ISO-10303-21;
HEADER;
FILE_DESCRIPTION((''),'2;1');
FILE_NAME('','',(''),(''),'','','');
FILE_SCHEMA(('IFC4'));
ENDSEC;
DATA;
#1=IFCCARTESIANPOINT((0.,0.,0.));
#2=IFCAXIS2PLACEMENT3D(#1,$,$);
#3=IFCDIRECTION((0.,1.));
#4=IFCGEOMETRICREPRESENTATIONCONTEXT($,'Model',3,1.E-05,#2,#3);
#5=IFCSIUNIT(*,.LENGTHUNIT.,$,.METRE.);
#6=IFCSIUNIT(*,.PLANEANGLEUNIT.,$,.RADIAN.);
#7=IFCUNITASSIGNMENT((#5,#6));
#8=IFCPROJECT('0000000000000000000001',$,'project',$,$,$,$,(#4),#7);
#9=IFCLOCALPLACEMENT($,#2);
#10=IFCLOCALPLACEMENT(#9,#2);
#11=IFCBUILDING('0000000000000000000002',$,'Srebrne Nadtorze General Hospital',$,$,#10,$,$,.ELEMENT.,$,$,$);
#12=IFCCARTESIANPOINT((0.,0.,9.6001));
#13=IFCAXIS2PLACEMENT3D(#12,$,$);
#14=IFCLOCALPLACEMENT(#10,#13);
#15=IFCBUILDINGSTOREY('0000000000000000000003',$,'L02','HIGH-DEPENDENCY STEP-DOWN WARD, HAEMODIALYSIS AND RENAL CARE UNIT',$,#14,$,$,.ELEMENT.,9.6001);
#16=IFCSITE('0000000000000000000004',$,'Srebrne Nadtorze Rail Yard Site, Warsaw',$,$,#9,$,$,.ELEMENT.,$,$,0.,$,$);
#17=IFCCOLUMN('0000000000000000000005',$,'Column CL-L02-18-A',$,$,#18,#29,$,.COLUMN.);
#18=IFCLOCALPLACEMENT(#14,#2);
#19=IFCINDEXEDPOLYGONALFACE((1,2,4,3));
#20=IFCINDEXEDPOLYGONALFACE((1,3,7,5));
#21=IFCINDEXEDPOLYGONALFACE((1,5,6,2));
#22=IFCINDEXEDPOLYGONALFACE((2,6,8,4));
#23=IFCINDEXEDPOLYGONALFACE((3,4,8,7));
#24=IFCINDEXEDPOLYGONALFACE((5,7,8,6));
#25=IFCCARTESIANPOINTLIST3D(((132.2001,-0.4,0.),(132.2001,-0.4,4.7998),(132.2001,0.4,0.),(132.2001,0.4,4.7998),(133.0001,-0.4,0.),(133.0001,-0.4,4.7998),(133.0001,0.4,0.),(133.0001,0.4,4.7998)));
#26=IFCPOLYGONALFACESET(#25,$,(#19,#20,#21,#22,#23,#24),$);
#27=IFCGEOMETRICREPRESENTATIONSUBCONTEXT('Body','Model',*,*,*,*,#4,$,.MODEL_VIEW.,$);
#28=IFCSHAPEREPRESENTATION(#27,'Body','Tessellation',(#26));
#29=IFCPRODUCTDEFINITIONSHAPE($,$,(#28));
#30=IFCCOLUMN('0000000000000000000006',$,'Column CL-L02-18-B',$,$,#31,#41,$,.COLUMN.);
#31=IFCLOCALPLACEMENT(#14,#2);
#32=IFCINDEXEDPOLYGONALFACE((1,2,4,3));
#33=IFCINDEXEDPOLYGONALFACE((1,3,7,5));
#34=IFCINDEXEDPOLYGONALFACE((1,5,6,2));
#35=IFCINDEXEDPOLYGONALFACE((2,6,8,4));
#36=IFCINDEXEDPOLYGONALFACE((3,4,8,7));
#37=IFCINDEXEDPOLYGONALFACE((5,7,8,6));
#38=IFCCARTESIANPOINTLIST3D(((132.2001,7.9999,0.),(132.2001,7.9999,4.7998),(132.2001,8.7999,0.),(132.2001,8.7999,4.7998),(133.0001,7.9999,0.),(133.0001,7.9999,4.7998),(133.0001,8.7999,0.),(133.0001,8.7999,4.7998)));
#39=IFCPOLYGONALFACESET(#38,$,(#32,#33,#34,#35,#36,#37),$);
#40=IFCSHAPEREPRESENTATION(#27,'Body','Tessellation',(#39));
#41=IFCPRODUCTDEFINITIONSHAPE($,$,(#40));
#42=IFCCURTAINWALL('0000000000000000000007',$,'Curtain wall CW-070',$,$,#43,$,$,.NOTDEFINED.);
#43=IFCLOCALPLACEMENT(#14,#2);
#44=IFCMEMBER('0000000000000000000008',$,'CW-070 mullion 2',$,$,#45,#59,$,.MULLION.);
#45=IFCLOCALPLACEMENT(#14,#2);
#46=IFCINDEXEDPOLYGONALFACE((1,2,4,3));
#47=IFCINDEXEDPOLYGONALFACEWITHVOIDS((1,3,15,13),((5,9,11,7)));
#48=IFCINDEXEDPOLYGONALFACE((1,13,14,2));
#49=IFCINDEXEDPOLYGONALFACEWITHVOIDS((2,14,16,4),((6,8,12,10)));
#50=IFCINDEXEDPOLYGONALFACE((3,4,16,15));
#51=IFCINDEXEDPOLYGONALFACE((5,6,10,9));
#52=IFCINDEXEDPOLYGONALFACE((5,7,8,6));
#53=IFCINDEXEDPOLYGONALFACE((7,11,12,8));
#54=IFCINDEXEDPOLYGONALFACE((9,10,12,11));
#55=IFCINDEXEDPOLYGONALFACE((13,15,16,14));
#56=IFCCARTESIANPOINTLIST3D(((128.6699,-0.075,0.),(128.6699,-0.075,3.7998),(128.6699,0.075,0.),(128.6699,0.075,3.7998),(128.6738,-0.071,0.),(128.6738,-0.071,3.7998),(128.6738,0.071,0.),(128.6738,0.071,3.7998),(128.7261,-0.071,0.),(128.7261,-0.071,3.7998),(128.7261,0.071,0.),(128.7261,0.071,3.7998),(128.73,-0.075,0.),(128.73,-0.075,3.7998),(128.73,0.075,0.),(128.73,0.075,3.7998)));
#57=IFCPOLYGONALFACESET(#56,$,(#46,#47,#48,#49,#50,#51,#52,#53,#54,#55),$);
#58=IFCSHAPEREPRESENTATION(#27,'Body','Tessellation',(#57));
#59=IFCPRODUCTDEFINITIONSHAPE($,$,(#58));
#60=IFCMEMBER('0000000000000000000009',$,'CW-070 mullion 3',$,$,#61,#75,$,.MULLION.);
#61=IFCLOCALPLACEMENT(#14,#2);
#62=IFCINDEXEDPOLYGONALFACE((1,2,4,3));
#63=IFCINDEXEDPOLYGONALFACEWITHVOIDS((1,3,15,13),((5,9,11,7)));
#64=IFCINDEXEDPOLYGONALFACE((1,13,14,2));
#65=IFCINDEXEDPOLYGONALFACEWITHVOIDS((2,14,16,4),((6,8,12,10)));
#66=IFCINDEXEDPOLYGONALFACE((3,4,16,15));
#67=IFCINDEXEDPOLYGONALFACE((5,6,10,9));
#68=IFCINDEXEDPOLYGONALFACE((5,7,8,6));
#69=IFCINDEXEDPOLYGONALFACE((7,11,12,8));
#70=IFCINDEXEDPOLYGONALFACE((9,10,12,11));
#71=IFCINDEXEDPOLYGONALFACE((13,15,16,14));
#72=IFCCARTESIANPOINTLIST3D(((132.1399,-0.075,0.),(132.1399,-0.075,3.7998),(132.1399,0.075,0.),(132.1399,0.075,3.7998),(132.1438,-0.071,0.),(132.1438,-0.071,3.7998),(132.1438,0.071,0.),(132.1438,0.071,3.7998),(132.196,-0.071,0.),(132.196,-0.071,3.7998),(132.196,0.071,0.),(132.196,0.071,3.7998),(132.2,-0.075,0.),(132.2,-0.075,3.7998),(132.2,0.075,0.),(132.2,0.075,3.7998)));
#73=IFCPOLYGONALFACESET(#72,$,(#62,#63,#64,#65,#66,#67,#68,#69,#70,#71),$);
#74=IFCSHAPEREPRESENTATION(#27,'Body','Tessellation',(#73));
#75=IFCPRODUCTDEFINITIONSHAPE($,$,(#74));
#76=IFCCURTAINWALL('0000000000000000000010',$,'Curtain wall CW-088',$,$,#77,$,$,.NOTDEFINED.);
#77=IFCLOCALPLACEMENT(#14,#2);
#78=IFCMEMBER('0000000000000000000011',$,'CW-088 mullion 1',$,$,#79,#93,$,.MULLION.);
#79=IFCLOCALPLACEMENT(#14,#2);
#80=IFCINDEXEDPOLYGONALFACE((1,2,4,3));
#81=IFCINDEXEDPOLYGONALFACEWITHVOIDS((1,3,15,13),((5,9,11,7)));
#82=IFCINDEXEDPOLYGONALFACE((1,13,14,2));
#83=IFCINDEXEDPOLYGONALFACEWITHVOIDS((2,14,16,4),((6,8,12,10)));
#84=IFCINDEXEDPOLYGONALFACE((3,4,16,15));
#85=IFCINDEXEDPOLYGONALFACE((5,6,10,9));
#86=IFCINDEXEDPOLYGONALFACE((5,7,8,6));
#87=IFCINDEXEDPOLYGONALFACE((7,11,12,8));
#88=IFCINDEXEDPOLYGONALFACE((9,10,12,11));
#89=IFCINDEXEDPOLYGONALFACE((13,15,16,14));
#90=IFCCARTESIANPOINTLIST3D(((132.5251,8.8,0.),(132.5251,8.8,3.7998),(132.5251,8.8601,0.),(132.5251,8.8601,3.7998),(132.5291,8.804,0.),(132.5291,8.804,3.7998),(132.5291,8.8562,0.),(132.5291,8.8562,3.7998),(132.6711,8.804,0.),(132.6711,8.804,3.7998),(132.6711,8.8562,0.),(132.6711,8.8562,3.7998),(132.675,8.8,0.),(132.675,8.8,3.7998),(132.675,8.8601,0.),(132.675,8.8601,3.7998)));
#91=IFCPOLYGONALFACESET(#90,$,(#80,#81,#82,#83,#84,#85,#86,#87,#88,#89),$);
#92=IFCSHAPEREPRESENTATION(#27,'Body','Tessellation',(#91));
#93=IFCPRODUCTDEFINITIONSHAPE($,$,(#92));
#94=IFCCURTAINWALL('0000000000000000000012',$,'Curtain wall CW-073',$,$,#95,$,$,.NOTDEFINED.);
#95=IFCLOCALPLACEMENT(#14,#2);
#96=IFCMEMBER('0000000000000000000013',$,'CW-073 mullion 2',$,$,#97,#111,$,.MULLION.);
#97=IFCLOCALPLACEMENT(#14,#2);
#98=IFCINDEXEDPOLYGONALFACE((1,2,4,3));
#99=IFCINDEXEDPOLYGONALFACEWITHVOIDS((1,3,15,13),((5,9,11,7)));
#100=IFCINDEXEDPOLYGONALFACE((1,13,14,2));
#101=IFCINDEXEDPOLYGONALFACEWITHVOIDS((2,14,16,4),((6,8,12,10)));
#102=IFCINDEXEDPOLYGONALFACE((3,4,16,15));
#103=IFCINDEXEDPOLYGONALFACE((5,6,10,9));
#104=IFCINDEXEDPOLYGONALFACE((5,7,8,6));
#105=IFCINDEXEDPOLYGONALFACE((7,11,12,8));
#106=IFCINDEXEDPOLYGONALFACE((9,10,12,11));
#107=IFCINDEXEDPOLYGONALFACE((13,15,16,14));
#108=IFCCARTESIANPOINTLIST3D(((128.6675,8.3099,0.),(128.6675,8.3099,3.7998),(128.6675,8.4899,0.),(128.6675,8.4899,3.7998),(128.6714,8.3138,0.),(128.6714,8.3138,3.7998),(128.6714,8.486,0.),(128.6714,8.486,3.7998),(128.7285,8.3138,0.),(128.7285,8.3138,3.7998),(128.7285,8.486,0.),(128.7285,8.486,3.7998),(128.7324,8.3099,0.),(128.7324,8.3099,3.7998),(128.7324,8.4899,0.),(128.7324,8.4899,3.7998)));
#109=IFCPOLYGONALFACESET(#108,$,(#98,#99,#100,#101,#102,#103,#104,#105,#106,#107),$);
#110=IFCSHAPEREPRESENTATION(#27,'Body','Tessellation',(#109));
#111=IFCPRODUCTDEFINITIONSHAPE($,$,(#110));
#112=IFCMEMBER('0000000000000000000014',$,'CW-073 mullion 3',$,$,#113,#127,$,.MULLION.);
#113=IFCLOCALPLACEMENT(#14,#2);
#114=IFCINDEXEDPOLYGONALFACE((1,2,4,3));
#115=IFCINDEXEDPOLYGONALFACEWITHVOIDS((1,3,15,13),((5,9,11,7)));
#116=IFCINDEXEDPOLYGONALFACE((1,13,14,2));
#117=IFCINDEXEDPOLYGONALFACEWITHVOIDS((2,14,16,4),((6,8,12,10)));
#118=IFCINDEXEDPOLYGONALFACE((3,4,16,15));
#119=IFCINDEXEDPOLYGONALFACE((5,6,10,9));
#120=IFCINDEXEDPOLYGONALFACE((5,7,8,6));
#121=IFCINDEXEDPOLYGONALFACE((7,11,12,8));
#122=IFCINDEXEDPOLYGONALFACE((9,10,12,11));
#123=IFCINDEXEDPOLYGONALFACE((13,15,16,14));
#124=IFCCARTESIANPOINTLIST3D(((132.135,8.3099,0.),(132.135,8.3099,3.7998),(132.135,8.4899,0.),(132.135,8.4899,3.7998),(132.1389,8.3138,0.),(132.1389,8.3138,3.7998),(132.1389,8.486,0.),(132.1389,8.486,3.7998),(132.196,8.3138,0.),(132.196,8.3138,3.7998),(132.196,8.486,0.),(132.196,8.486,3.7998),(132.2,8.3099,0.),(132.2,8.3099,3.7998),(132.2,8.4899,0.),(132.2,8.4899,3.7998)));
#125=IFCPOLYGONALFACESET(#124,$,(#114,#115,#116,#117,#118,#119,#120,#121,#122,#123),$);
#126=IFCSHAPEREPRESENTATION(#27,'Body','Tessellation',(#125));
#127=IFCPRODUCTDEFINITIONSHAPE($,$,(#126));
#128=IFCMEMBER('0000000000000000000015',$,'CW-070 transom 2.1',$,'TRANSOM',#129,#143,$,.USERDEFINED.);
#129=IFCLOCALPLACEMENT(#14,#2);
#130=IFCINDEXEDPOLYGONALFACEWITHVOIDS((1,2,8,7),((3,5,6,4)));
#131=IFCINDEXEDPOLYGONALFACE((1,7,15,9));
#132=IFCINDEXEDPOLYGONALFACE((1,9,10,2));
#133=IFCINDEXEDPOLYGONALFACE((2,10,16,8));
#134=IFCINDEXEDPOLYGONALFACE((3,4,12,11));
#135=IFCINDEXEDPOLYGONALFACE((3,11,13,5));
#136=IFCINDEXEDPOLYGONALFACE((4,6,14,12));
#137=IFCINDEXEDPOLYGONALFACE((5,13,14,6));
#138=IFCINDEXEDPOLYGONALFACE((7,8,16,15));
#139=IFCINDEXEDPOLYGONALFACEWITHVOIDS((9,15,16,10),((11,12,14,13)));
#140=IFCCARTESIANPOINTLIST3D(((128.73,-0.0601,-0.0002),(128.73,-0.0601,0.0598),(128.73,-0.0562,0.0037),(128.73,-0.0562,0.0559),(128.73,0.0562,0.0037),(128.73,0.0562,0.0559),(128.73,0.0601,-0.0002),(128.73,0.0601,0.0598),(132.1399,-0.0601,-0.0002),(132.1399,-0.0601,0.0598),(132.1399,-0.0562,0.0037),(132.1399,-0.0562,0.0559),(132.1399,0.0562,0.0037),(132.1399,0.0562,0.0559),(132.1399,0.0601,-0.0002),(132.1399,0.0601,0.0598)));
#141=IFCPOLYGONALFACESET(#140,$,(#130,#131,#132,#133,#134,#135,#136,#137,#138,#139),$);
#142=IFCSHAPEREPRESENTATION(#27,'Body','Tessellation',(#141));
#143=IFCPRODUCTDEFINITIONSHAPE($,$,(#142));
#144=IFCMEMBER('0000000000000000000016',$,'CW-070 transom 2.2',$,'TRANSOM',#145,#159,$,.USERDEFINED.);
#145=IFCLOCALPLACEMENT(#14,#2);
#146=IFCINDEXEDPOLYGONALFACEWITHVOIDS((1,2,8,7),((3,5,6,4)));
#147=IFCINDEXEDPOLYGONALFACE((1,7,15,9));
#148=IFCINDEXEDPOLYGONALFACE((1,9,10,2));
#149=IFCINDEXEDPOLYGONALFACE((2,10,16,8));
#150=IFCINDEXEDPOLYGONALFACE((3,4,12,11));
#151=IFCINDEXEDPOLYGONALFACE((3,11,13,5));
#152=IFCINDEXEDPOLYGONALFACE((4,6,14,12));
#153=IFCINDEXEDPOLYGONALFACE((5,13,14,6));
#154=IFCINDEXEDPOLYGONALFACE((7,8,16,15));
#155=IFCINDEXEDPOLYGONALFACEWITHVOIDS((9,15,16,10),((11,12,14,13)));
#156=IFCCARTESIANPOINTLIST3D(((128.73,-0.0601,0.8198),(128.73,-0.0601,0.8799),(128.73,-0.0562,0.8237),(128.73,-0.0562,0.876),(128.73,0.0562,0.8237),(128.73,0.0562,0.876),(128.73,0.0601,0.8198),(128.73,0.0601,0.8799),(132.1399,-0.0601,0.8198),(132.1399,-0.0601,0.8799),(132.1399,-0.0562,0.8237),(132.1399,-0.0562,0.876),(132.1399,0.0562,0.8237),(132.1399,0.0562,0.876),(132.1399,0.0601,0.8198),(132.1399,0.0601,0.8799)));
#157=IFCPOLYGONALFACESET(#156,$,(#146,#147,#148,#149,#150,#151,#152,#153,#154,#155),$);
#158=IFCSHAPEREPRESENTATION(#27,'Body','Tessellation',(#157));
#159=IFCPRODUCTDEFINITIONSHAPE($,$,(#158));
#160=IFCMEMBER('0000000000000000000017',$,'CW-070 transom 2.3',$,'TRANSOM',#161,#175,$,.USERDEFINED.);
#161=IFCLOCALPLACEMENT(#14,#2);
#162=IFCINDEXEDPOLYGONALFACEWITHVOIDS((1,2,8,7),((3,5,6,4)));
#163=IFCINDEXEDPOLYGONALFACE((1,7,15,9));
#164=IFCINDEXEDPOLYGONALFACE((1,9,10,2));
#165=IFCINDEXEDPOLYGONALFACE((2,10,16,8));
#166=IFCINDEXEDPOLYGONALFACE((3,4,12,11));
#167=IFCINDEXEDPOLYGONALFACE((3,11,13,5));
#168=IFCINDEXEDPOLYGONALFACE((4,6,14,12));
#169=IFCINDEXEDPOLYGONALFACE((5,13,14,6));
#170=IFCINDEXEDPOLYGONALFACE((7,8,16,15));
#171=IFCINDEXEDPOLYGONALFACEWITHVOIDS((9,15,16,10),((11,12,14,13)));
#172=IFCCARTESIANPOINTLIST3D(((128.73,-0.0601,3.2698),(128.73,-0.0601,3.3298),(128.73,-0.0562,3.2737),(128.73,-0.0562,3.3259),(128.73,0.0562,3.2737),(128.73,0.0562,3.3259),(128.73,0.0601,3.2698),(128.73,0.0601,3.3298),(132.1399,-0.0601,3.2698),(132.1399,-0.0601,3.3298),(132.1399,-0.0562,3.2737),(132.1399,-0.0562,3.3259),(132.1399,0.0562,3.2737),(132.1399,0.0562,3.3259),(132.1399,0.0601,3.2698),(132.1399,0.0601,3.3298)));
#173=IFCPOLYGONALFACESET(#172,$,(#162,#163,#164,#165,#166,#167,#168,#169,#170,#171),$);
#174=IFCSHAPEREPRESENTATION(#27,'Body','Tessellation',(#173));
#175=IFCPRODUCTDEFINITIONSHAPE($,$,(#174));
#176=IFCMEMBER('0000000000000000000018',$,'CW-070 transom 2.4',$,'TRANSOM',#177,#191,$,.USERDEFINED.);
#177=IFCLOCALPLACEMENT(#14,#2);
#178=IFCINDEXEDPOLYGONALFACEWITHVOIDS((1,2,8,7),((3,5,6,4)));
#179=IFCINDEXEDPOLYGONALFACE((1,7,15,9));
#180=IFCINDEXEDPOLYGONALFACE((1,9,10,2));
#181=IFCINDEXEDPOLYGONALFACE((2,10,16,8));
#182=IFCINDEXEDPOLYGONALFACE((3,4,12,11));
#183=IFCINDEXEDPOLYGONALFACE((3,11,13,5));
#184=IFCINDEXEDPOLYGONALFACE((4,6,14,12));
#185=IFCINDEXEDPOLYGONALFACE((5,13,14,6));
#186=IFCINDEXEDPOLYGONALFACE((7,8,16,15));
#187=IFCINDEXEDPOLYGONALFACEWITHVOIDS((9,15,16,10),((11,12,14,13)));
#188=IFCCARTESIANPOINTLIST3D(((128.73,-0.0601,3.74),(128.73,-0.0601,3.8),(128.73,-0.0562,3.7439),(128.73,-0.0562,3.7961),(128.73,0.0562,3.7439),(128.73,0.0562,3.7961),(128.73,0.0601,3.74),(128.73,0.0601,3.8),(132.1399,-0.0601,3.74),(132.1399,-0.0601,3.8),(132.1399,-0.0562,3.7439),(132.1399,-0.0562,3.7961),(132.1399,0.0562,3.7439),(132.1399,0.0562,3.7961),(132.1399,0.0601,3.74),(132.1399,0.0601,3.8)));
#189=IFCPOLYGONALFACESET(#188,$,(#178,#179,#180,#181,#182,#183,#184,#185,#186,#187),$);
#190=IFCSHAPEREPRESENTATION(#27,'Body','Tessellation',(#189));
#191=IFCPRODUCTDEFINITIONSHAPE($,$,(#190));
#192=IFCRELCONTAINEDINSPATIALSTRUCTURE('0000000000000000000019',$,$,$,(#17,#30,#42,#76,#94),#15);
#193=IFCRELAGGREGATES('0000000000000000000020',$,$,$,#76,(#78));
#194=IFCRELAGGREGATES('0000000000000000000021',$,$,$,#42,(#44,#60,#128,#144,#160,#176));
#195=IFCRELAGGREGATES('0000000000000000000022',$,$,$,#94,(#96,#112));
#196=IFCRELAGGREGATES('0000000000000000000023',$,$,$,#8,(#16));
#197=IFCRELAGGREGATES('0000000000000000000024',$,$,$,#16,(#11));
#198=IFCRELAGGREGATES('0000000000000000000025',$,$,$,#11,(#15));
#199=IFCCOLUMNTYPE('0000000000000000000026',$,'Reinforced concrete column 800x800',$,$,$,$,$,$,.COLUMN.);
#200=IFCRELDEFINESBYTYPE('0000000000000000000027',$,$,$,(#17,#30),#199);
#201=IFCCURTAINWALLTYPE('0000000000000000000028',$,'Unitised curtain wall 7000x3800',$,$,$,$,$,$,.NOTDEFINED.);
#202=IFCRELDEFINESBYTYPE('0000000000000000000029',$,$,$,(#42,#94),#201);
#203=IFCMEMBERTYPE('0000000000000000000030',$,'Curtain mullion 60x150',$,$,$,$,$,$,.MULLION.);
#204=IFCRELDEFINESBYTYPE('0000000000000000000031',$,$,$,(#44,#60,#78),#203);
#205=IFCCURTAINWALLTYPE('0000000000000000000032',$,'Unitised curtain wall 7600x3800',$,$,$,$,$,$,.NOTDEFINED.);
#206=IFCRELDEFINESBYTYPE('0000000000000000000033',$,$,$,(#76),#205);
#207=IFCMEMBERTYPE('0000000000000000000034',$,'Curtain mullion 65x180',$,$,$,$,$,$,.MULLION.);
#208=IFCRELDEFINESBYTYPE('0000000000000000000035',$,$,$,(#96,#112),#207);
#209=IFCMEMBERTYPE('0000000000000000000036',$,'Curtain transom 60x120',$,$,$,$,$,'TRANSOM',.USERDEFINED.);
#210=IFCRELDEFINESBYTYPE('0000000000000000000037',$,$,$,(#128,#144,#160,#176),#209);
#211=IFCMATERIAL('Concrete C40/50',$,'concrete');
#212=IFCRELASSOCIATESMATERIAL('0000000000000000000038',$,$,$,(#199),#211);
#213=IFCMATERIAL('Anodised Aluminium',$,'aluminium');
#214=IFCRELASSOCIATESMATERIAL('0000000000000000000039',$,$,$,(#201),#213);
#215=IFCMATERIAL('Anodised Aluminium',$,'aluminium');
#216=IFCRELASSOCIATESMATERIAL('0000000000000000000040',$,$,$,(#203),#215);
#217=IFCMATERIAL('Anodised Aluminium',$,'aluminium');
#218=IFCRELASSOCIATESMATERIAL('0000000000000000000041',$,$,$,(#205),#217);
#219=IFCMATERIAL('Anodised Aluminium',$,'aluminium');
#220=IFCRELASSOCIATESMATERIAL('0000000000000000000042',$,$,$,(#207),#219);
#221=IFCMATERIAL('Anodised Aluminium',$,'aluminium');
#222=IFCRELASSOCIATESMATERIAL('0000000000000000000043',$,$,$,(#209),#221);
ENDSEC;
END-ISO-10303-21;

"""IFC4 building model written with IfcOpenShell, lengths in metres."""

from ifc_helpers import new_model, si_unit, direction, frame, origin, origin_2d, place, context, subcontext, project, spatial, rectangle, hollow_rectangle, extrude, material, material_profile, profile_set, type_object, element, aggregate, save


model = new_model("IFC4")

# Units and contexts
model_context = context("Model", 3, precision=1e-05, world=origin(), true_north=direction((0.0, 1.0)))
body_context = subcontext(model_context, "Body", "Model", "MODEL_VIEW")
ifc_project = project(units=[si_unit("LENGTHUNIT", "METRE"), si_unit("PLANEANGLEUNIT", "RADIAN")], contexts=[model_context])

# Site, building, storey
site_placement = place(None, origin())
site = spatial("IfcSite", under=ifc_project, at=site_placement, Name="Srebrne Nadtorze Rail Yard Site, Warsaw", CompositionType="ELEMENT", RefElevation=0.0)
building_placement = place(site_placement, origin())
building = spatial("IfcBuilding", under=site, at=building_placement, Name="Srebrne Nadtorze General Hospital", CompositionType="ELEMENT")
storey_placement = place(building_placement, frame((0.0, 0.0, 9.6001)))
storey = spatial("IfcBuildingStorey", under=building, at=storey_placement, Name="L02", Description="HIGH-DEPENDENCY STEP-DOWN WARD, HAEMODIALYSIS AND RENAL CARE UNIT", CompositionType="ELEMENT", Elevation=9.6001)

# Columns
ifc_material_1 = material(Name="Concrete C40/50", Category="concrete")
ifc_material_profile_1 = material_profile(ifc_material_1, rectangle(XDim=0.8, YDim=0.8, at=origin_2d()), Name="RC-COL-800x800")
ifc_profile_set_1 = profile_set([ifc_material_profile_1], Name="Concrete C40/50")
column_type = type_object("IfcColumnType", Name="Reinforced concrete column 800x800", PredefinedType="COLUMN", material=ifc_profile_set_1)
for number, where, z_axis, x_axis, name in (
    (1, (132.6001, 0.0, 0.0), (0.0, 0.0, 1.0), (1.0, 0.0, 0.0), "Column CL-L02-18-A"),
    (2, (132.6001, 8.3999, 0.0), (0.0, 0.0, 1.0), (1.0, 0.0, 0.0), "Column CL-L02-18-B"),
):
    element("IfcColumn", number, at=place(storey_placement, frame(where, z_axis=z_axis, x_axis=x_axis)), inside=storey, type_object=column_type, Name=name, PredefinedType="COLUMN", context=body_context, shape_type="SweptSolid", body=[
        extrude(rectangle(XDim=0.8, YDim=0.8, at=origin_2d()), origin(), (0.0, 0.0, 1.0), 4.7998),
    ])

# Curtain wall, members
ifc_material_2 = material(Name="Anodised Aluminium", Category="aluminium")
curtain_wall_type_1 = type_object("IfcCurtainWallType", Name="Unitised curtain wall 7000x3800", PredefinedType="NOTDEFINED", material=ifc_material_2)
curtain_wall_1_placement = place(storey_placement, origin())
curtain_wall_1 = element("IfcCurtainWall", 3, at=curtain_wall_1_placement, inside=storey, type_object=curtain_wall_type_1, Name="Curtain wall CW-070", PredefinedType="NOTDEFINED")
ifc_material_3 = material(Name="Anodised Aluminium", Category="aluminium")
ifc_material_profile_2 = material_profile(ifc_material_3, hollow_rectangle(XDim=0.0601, YDim=0.1499, WallThickness=0.0039, at=origin_2d()), Name="AL-MUL-60x150")
ifc_profile_set_2 = profile_set([ifc_material_profile_2], Name="Anodised Aluminium")
member_type_1 = type_object("IfcMemberType", Name="Curtain mullion 60x150", PredefinedType="MULLION", material=ifc_profile_set_2)
member_1_placement = place(storey_placement, frame((128.7, 0.0, 0.0), z_axis=(0.0, 0.0, 1.0), x_axis=(1.0, 0.0, 0.0)))
member_1 = element("IfcMember", 4, at=member_1_placement, type_object=member_type_1, Name="CW-070 mullion 2", PredefinedType="MULLION", context=body_context, shape_type="SweptSolid", body=[
    extrude(hollow_rectangle(XDim=0.0601, YDim=0.1499, WallThickness=0.0039, at=origin_2d()), origin(), (0.0, 0.0, 1.0), 3.7998),
])
member_2_placement = place(storey_placement, frame((132.1699, 0.0, 0.0), z_axis=(0.0, 0.0, 1.0), x_axis=(1.0, 0.0, 0.0)))
member_2 = element("IfcMember", 5, at=member_2_placement, type_object=member_type_1, Name="CW-070 mullion 3", PredefinedType="MULLION", context=body_context, shape_type="SweptSolid", body=[
    extrude(hollow_rectangle(XDim=0.0601, YDim=0.1499, WallThickness=0.0039, at=origin_2d()), origin(), (0.0, 0.0, 1.0), 3.7998),
])

# Curtain wall, member
ifc_material_4 = material(Name="Anodised Aluminium", Category="aluminium")
curtain_wall_type_2 = type_object("IfcCurtainWallType", Name="Unitised curtain wall 7600x3800", PredefinedType="NOTDEFINED", material=ifc_material_4)
curtain_wall_2_placement = place(storey_placement, origin())
curtain_wall_2 = element("IfcCurtainWall", 6, at=curtain_wall_2_placement, inside=storey, type_object=curtain_wall_type_2, Name="Curtain wall CW-088", PredefinedType="NOTDEFINED")
member_3_placement = place(storey_placement, frame((132.6001, 8.8301, 0.0), z_axis=(0.0, 0.0, 1.0), x_axis=(0.0, 1.0, 0.0)))
member_3 = element("IfcMember", 7, at=member_3_placement, type_object=member_type_1, Name="CW-088 mullion 1", PredefinedType="MULLION", context=body_context, shape_type="SweptSolid", body=[
    extrude(hollow_rectangle(XDim=0.0601, YDim=0.1499, WallThickness=0.0039, at=origin_2d()), origin(), (0.0, 0.0, 1.0), 3.7998),
])
aggregate(curtain_wall_2, [member_3])

# Curtain wall, members
curtain_wall_3_placement = place(storey_placement, origin())
curtain_wall_3 = element("IfcCurtainWall", 8, at=curtain_wall_3_placement, inside=storey, type_object=curtain_wall_type_1, Name="Curtain wall CW-073", PredefinedType="NOTDEFINED")
ifc_material_5 = material(Name="Anodised Aluminium", Category="aluminium")
ifc_material_profile_3 = material_profile(ifc_material_5, hollow_rectangle(XDim=0.0649, YDim=0.1799, WallThickness=0.0039, at=origin_2d()), Name="AL-MUL-65x180")
ifc_profile_set_3 = profile_set([ifc_material_profile_3], Name="Anodised Aluminium")
member_type_2 = type_object("IfcMemberType", Name="Curtain mullion 65x180", PredefinedType="MULLION", material=ifc_profile_set_3)
member_4_placement = place(storey_placement, frame((128.7, 8.3999, 0.0), z_axis=(0.0, 0.0, 1.0), x_axis=(1.0, 0.0, 0.0)))
member_4 = element("IfcMember", 9, at=member_4_placement, type_object=member_type_2, Name="CW-073 mullion 2", PredefinedType="MULLION", context=body_context, shape_type="SweptSolid", body=[
    extrude(hollow_rectangle(XDim=0.0649, YDim=0.1799, WallThickness=0.0039, at=origin_2d()), origin(), (0.0, 0.0, 1.0), 3.7998),
])
member_5_placement = place(storey_placement, frame((132.1675, 8.3999, 0.0), z_axis=(0.0, 0.0, 1.0), x_axis=(1.0, 0.0, 0.0)))
member_5 = element("IfcMember", 10, at=member_5_placement, type_object=member_type_2, Name="CW-073 mullion 3", PredefinedType="MULLION", context=body_context, shape_type="SweptSolid", body=[
    extrude(hollow_rectangle(XDim=0.0649, YDim=0.1799, WallThickness=0.0039, at=origin_2d()), origin(), (0.0, 0.0, 1.0), 3.7998),
])

# Members
ifc_material_6 = material(Name="Anodised Aluminium", Category="aluminium")
ifc_material_profile_4 = material_profile(ifc_material_6, hollow_rectangle(XDim=0.0601, YDim=0.1201, WallThickness=0.0039, at=origin_2d()), Name="AL-TRN-60x120")
ifc_profile_set_4 = profile_set([ifc_material_profile_4], Name="Anodised Aluminium")
member_type_3 = type_object("IfcMemberType", Name="Curtain transom 60x120", ElementType="TRANSOM", PredefinedType="USERDEFINED", material=ifc_profile_set_4)
member_6_placement = place(storey_placement, frame((128.73, 0.0, 0.0298), z_axis=(1.0, 0.0, 0.0), x_axis=(0.0, 0.0, 1.0)))
member_6 = element("IfcMember", 11, at=member_6_placement, type_object=member_type_3, Name="CW-070 transom 2.1", ObjectType="TRANSOM", PredefinedType="USERDEFINED", context=body_context, shape_type="SweptSolid", body=[
    extrude(hollow_rectangle(XDim=0.0601, YDim=0.1201, WallThickness=0.0039, at=origin_2d()), origin(), (0.0, 0.0, 1.0), 3.4099),
])
member_7_placement = place(storey_placement, frame((128.73, 0.0, 0.8499), z_axis=(1.0, 0.0, 0.0), x_axis=(0.0, 0.0, 1.0)))
member_7 = element("IfcMember", 12, at=member_7_placement, type_object=member_type_3, Name="CW-070 transom 2.2", ObjectType="TRANSOM", PredefinedType="USERDEFINED", context=body_context, shape_type="SweptSolid", body=[
    extrude(hollow_rectangle(XDim=0.0601, YDim=0.1201, WallThickness=0.0039, at=origin_2d()), origin(), (0.0, 0.0, 1.0), 3.4099),
])
member_8_placement = place(storey_placement, frame((128.73, 0.0, 3.2998), z_axis=(1.0, 0.0, 0.0), x_axis=(0.0, 0.0, 1.0)))
member_8 = element("IfcMember", 13, at=member_8_placement, type_object=member_type_3, Name="CW-070 transom 2.3", ObjectType="TRANSOM", PredefinedType="USERDEFINED", context=body_context, shape_type="SweptSolid", body=[
    extrude(hollow_rectangle(XDim=0.0601, YDim=0.1201, WallThickness=0.0039, at=origin_2d()), origin(), (0.0, 0.0, 1.0), 3.4099),
])
member_9_placement = place(storey_placement, frame((128.73, 0.0, 3.77), z_axis=(1.0, 0.0, 0.0), x_axis=(0.0, 0.0, 1.0)))
member_9 = element("IfcMember", 14, at=member_9_placement, type_object=member_type_3, Name="CW-070 transom 2.4", ObjectType="TRANSOM", PredefinedType="USERDEFINED", context=body_context, shape_type="SweptSolid", body=[
    extrude(hollow_rectangle(XDim=0.0601, YDim=0.1201, WallThickness=0.0039, at=origin_2d()), origin(), (0.0, 0.0, 1.0), 3.4099),
])

aggregate(curtain_wall_1, [member_1, member_2, member_6, member_7, member_8, member_9])
aggregate(curtain_wall_3, [member_4, member_5])

save(model, "model.ifc")
